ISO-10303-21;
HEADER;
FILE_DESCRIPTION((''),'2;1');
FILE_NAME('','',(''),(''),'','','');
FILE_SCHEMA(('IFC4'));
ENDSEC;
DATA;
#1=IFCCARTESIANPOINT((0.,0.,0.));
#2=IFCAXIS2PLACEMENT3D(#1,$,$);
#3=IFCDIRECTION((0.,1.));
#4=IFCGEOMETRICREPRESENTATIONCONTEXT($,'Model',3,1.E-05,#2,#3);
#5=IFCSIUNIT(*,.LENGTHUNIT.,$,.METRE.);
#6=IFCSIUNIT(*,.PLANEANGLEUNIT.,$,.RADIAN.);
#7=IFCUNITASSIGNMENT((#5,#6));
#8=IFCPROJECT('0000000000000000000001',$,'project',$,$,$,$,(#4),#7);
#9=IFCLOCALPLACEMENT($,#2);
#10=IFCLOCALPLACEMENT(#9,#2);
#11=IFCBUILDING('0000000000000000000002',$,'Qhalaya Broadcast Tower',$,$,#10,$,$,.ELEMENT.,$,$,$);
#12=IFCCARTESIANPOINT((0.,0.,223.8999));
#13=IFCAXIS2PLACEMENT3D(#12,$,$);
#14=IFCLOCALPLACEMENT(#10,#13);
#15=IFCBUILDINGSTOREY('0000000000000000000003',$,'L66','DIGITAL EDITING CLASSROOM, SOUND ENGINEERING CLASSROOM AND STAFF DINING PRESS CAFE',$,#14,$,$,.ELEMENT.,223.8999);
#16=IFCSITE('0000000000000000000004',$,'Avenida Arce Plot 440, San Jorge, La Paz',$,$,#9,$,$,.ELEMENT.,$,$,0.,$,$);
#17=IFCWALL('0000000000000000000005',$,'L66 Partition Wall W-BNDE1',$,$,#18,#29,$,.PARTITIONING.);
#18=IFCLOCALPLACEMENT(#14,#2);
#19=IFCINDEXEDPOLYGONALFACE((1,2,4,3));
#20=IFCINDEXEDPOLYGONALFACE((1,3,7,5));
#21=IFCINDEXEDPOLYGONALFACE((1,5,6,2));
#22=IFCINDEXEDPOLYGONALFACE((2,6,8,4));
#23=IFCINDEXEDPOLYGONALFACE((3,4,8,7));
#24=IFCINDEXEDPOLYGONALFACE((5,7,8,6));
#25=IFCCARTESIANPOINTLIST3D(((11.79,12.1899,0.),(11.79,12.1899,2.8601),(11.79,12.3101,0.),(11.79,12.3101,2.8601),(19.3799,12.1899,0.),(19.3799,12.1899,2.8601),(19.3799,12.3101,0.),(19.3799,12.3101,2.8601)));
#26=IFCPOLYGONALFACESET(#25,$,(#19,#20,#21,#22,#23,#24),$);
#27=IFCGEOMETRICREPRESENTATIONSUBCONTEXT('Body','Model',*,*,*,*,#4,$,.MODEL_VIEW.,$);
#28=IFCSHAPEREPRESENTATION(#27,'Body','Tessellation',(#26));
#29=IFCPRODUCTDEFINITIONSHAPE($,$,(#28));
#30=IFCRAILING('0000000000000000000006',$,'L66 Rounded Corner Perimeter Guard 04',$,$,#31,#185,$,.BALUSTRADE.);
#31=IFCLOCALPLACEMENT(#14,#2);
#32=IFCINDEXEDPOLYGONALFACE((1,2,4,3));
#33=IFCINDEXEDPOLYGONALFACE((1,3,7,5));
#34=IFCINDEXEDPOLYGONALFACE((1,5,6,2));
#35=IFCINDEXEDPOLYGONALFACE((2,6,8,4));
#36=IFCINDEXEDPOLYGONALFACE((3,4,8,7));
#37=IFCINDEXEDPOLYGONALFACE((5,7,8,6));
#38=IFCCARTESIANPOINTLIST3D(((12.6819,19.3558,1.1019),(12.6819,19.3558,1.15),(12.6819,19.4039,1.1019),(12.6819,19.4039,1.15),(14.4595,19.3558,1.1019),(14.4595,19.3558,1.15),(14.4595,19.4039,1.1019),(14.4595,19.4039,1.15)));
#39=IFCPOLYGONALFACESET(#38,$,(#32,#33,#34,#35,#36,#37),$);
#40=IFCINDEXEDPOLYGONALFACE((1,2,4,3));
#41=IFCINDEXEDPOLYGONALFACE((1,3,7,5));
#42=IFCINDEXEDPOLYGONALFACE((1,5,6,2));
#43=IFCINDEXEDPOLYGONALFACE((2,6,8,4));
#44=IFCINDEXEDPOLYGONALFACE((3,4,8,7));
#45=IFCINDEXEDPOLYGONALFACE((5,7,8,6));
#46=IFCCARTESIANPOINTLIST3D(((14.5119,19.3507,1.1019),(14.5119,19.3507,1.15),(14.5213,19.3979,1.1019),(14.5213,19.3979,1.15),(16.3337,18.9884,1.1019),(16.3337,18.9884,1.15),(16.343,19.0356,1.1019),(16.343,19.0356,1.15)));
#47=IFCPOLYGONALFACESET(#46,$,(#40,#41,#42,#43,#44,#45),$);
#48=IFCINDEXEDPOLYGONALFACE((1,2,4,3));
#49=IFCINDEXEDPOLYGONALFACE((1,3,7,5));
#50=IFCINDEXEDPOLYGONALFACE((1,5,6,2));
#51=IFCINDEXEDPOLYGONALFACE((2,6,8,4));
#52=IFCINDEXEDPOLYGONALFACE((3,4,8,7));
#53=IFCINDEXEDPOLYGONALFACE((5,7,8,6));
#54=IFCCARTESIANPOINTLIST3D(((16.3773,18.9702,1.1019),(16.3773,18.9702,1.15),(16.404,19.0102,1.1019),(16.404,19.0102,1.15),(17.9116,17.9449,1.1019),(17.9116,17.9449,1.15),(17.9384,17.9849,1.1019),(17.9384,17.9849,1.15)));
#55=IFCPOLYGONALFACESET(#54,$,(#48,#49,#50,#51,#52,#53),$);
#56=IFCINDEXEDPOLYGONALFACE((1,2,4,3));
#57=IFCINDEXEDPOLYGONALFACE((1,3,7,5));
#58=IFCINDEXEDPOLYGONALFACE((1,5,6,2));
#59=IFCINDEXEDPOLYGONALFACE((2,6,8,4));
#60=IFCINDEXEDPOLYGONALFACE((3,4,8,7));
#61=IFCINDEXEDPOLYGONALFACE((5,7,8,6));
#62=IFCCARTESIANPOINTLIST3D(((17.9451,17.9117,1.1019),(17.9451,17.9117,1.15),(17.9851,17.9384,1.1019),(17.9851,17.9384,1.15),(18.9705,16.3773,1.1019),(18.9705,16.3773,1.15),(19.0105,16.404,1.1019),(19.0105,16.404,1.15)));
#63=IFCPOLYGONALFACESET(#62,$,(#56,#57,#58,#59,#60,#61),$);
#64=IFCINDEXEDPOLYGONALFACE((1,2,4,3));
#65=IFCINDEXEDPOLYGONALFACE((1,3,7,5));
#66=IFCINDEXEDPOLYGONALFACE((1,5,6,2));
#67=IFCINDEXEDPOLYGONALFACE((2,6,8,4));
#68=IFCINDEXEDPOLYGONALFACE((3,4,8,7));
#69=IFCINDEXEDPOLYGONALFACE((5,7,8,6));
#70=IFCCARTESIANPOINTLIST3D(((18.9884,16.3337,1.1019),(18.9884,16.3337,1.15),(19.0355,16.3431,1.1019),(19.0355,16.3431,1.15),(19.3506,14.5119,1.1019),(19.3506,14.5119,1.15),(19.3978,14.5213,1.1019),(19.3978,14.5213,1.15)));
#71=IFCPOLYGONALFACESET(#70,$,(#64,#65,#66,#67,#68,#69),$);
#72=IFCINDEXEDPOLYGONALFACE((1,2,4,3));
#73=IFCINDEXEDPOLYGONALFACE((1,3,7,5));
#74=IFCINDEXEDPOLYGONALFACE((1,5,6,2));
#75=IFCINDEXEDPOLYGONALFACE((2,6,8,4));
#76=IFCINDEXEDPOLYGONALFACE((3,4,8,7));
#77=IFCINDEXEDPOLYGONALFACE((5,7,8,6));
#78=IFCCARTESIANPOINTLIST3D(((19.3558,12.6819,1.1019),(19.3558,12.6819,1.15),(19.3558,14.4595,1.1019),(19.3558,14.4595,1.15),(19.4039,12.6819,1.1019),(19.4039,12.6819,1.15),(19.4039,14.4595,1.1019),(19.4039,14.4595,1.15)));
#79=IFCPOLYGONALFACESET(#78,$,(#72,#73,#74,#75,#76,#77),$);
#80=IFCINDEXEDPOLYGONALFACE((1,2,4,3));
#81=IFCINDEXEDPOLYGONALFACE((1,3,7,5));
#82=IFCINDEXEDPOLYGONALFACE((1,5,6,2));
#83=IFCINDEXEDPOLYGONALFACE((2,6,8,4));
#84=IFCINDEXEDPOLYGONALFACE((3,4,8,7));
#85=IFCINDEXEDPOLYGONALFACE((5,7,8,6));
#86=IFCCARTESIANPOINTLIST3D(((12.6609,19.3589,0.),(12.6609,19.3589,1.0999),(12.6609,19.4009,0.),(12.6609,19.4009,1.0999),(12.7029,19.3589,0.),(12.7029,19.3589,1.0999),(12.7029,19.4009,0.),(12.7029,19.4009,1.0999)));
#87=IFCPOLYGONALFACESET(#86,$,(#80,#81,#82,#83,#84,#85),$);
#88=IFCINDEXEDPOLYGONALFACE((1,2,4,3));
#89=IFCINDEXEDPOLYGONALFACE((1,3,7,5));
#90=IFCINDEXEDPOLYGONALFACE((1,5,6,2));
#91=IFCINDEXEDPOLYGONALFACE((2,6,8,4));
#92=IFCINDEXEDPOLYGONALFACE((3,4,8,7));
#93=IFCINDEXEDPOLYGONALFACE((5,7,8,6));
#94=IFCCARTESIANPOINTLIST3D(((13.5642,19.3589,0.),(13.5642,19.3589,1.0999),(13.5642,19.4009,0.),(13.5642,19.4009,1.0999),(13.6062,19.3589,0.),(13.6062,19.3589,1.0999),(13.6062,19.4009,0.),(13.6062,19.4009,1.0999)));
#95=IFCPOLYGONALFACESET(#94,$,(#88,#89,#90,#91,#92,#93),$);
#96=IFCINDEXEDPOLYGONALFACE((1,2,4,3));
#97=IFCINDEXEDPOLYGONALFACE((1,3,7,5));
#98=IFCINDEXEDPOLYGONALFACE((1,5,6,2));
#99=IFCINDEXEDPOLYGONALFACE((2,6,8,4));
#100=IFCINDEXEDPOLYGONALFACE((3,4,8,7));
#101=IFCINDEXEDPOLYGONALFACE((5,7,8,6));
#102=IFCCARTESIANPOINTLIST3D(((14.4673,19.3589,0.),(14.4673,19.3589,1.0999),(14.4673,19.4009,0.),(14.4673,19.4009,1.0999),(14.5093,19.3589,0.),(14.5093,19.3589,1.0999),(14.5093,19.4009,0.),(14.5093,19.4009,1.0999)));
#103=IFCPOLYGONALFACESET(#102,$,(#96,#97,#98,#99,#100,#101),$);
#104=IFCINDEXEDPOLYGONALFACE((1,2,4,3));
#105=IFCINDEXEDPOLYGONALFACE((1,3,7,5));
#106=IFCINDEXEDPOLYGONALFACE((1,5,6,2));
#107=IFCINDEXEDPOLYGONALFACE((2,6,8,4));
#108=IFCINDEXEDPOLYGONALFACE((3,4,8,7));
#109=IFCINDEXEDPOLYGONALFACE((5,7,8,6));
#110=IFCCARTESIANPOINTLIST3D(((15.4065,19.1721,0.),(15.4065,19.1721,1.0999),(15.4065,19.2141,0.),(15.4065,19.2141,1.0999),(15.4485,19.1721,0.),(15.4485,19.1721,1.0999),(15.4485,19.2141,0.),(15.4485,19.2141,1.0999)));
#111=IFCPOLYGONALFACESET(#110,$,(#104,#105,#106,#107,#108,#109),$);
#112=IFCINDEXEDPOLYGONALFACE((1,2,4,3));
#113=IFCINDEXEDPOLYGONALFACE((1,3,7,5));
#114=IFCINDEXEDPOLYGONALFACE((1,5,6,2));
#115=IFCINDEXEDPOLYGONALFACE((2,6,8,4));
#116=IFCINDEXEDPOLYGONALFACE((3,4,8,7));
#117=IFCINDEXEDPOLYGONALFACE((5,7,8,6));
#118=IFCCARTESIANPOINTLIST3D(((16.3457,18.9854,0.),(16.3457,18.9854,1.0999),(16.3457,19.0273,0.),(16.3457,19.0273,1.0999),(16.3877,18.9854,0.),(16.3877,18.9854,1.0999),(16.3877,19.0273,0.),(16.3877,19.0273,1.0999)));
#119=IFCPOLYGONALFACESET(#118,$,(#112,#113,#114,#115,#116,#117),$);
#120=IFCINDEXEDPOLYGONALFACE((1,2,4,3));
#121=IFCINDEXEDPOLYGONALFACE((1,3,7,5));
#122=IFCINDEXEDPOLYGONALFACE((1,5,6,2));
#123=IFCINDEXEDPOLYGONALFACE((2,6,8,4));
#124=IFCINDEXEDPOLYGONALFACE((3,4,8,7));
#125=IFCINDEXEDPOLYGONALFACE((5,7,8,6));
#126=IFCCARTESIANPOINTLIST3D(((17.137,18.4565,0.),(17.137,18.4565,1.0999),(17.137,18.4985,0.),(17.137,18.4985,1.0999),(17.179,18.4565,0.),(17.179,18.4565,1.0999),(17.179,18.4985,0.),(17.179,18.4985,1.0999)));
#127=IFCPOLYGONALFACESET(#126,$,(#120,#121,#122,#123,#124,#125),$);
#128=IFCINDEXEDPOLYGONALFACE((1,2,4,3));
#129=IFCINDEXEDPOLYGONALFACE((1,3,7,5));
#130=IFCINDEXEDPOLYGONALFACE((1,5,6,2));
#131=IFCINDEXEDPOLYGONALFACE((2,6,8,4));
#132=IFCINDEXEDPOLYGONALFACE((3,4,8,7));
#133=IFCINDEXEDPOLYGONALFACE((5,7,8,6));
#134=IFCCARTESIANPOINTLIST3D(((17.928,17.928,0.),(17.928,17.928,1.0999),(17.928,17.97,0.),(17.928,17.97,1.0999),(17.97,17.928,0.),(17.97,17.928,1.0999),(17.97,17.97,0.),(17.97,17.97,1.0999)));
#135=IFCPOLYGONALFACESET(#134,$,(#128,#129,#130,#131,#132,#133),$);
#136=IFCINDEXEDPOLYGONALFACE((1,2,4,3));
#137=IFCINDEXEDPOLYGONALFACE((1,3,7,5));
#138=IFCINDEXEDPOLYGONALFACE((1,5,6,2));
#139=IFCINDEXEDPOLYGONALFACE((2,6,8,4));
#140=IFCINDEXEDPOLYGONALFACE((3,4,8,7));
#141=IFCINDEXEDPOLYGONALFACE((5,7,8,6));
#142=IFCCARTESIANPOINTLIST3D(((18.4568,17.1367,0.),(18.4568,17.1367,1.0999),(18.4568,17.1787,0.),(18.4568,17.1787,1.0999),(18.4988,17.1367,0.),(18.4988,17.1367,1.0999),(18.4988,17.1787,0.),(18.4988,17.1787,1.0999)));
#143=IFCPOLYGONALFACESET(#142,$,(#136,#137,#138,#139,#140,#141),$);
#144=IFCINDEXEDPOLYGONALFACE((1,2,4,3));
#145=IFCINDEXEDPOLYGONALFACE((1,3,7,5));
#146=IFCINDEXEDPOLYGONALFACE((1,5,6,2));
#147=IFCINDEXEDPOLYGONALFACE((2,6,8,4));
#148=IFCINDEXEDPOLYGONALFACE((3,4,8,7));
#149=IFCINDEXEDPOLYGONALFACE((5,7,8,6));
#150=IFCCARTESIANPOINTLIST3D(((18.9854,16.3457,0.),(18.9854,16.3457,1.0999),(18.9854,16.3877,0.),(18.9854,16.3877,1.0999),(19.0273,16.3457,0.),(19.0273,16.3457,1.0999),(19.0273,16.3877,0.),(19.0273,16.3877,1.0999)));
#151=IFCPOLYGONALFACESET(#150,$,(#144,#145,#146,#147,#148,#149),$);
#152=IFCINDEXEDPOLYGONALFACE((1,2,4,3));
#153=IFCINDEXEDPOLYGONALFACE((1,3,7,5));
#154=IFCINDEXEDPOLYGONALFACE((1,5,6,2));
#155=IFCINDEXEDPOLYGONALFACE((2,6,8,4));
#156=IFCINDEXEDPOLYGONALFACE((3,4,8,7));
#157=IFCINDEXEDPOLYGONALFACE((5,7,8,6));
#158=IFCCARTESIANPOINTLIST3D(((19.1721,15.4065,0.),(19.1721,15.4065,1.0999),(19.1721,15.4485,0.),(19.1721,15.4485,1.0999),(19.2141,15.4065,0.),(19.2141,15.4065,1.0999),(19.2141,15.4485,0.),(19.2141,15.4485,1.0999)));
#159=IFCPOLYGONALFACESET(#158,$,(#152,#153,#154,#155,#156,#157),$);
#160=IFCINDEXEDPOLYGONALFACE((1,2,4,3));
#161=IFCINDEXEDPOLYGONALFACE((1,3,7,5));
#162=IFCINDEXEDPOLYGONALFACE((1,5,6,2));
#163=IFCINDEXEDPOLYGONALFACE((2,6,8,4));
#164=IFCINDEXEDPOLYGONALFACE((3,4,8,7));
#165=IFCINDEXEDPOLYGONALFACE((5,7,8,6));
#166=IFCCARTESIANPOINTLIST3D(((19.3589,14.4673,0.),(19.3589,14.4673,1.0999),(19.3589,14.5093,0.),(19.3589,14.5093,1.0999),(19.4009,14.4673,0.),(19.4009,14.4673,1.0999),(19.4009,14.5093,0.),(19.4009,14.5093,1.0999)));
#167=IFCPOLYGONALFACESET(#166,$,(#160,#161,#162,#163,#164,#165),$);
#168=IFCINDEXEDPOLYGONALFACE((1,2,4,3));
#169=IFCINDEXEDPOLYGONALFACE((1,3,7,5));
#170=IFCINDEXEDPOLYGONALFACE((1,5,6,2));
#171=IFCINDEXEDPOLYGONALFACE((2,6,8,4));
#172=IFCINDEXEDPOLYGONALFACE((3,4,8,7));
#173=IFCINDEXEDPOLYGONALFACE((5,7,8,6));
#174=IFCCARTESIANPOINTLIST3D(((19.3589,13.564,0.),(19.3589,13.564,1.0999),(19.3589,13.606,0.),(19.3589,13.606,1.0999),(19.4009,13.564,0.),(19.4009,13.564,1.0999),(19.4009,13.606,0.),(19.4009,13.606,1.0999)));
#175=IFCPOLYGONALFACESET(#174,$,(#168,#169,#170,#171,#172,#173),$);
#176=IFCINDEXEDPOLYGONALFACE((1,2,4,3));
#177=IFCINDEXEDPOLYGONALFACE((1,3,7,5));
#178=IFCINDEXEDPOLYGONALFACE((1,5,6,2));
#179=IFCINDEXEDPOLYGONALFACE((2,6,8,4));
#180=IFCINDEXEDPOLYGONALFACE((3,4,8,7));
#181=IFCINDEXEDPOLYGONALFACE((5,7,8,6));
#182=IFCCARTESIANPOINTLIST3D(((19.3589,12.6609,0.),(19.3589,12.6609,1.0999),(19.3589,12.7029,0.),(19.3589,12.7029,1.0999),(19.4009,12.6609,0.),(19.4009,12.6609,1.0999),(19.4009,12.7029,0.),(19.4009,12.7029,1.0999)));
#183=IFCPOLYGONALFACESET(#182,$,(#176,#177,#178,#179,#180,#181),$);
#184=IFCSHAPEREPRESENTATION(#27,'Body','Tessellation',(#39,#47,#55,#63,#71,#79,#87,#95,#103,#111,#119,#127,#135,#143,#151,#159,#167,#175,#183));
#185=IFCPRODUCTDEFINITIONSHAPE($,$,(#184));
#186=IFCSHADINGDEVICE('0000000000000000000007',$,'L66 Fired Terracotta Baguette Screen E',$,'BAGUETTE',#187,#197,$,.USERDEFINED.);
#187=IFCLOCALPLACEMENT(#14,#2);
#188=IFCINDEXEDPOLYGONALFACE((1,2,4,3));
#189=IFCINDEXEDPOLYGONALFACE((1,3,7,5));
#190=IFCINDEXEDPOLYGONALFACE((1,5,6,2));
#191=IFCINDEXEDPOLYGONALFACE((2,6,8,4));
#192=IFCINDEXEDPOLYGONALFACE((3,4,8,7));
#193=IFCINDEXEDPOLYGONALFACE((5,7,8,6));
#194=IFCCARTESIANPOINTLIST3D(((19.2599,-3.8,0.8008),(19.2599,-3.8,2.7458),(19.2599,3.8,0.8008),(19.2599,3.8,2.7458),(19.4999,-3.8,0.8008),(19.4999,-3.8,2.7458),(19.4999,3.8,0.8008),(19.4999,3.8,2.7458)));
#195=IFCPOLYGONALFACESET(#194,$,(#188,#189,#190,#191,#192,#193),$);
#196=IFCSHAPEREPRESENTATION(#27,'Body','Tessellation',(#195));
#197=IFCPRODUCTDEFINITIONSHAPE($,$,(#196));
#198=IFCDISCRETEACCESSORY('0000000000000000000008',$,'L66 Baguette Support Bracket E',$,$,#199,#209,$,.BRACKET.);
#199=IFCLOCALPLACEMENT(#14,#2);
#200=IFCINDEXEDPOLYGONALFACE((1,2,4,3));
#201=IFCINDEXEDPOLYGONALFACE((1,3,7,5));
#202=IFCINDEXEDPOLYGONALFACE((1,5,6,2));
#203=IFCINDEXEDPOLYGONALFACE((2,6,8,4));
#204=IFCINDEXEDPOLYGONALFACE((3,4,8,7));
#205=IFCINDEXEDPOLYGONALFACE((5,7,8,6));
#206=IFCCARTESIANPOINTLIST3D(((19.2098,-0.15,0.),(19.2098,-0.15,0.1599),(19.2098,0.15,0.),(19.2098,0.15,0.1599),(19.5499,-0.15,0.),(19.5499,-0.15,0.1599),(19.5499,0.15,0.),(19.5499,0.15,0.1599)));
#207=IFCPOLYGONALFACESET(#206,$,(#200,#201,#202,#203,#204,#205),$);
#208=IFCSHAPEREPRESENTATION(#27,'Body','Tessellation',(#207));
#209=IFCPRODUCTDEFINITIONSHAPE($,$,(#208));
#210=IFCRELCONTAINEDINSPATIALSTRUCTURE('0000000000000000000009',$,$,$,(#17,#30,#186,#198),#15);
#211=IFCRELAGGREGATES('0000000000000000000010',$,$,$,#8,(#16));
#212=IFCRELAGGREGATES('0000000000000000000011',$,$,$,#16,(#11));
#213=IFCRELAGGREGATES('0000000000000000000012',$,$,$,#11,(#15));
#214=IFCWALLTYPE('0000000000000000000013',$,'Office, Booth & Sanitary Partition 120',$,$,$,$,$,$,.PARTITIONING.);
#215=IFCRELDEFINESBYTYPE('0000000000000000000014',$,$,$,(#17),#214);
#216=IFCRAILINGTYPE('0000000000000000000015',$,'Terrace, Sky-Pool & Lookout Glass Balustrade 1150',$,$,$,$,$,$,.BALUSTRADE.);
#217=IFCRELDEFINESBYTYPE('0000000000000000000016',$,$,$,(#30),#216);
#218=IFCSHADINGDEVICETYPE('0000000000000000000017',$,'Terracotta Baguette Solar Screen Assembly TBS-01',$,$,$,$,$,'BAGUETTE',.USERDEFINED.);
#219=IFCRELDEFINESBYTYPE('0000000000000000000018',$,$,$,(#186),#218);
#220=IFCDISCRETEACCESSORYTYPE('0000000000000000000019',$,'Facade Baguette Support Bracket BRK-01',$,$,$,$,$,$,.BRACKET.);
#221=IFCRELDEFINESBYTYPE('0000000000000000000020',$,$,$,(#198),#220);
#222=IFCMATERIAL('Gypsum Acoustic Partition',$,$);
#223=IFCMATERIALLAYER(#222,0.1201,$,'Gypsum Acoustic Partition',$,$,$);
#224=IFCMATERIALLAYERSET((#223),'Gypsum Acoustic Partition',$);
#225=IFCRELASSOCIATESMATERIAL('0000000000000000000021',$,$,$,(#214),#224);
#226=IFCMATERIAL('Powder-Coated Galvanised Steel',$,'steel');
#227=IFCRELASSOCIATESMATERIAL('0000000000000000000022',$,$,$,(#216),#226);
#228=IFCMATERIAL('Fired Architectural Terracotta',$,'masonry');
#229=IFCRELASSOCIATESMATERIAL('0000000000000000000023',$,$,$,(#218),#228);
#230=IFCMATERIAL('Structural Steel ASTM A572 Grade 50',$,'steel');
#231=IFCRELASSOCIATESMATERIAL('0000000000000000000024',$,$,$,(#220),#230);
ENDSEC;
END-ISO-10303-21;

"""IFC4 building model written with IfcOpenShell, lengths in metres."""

from ifc_helpers import new_model, si_unit, direction, frame, frame_2d, origin, origin_2d, place, context, subcontext, project, spatial, rectangle, extrude, material, layer, layer_set, type_object, element, save


model = new_model("IFC4")

# Units and contexts
model_context = context("Model", 3, precision=1e-05, world=origin(), true_north=direction((0.0, 1.0)))
body_context = subcontext(model_context, "Body", "Model", "MODEL_VIEW")
ifc_project = project(units=[si_unit("LENGTHUNIT", "METRE"), si_unit("PLANEANGLEUNIT", "RADIAN")], contexts=[model_context])

# Site, building, storey
site_placement = place(None, origin())
site = spatial("IfcSite", under=ifc_project, at=site_placement, Name="Avenida Arce Plot 440, San Jorge, La Paz", CompositionType="ELEMENT", RefElevation=0.0)
building_placement = place(site_placement, origin())
building = spatial("IfcBuilding", under=site, at=building_placement, Name="Qhalaya Broadcast Tower", CompositionType="ELEMENT")
storey_placement = place(building_placement, frame((0.0, 0.0, 223.8999)))
storey = spatial("IfcBuildingStorey", under=building, at=storey_placement, Name="L66", Description="DIGITAL EDITING CLASSROOM, SOUND ENGINEERING CLASSROOM AND STAFF DINING PRESS CAFE", CompositionType="ELEMENT", Elevation=223.8999)

# Shared definitions
ifc_material_1 = material(Name="Structural Steel ASTM A572 Grade 50", Category="steel")

# Shared definitions
ifc_material_2 = material(Name="Gypsum Acoustic Partition")

# Shared definitions
ifc_layer_1 = layer(ifc_material_2, 0.1201, Name="Gypsum Acoustic Partition")
ifc_layer_set_1 = layer_set([ifc_layer_1], Name="Gypsum Acoustic Partition")
wall_type_1 = type_object("IfcWallType", Name="Office, Booth & Sanitary Partition 120", PredefinedType="PARTITIONING", material=ifc_layer_set_1)

# Wall
wall_1_placement = place(storey_placement, frame((11.79, 12.25, 0.0), z_axis=(0.0, 0.0, 1.0), x_axis=(1.0, 0.0, 0.0)))
element("IfcWall", 1, at=wall_1_placement, inside=storey, type_object=wall_type_1, Name="L66 Partition Wall W-BNDE1", PredefinedType="PARTITIONING", context=body_context, shape_type="SweptSolid", body=[
    extrude(rectangle(XDim=7.5898, YDim=0.1201, at=frame_2d((3.7949, 0.0))), origin(), (0.0, 0.0, 1.0), 2.8601),
])

# Railing
ifc_material_3 = material(Name="Powder-Coated Galvanised Steel", Category="steel")
railing_type = type_object("IfcRailingType", Name="Terrace, Sky-Pool & Lookout Glass Balustrade 1150", PredefinedType="BALUSTRADE", material=ifc_material_3)
railing_placement = place(storey_placement, frame((12.6819, 19.3799, 0.0)))
element("IfcRailing", 2, at=railing_placement, inside=storey, type_object=railing_type, Name="L66 Rounded Corner Perimeter Guard 04", PredefinedType="BALUSTRADE", context=body_context, shape_type="SweptSolid", body=[
    extrude(rectangle(XDim=0.0481, YDim=0.0481, at=origin_2d()), frame((0.0, 0.0, 1.126), z_axis=(1.0, 0.0, 0.0), x_axis=(0.0, 1.0, 0.0)), (0.0, 0.0, 1.0), 1.7776),
    extrude(rectangle(XDim=0.0481, YDim=0.0481, at=origin_2d()), frame((1.8347, -0.0056, 1.126), z_axis=(0.980796, -0.195037, 0.0), x_axis=(0.195037, 0.980796, 0.0)), (0.0, 0.0, 1.0), 1.8574),
    extrude(rectangle(XDim=0.0481, YDim=0.0481, at=origin_2d()), frame((3.7087, -0.3896, 1.126), z_axis=(0.831438, -0.555618, 0.0), x_axis=(0.555618, 0.831438, 0.0)), (0.0, 0.0, 1.0), 1.8455),
    extrude(rectangle(XDim=0.0481, YDim=0.0481, at=origin_2d()), frame((5.2832, -1.4548, 1.126), z_axis=(0.555618, -0.831438, 0.0), x_axis=(0.831438, 0.555618, 0.0)), (0.0, 0.0, 1.0), 1.8455),
    extrude(rectangle(XDim=0.0481, YDim=0.0481, at=origin_2d()), frame((6.3301, -3.0415, 1.126), z_axis=(0.195037, -0.980796, 0.0), x_axis=(0.980796, 0.195037, 0.0)), (0.0, 0.0, 1.0), 1.8574),
    extrude(rectangle(XDim=0.0481, YDim=0.0481, at=origin_2d()), frame((6.698, -4.9204, 1.126), z_axis=(0.0, -1.0, 0.0), x_axis=(1.0, 0.0, 0.0)), (0.0, 0.0, 1.0), 1.7776),
    extrude(rectangle(XDim=0.042, YDim=0.042, at=origin_2d()), origin(), (0.0, 0.0, 1.0), 1.0999),
    extrude(rectangle(XDim=0.042, YDim=0.042, at=origin_2d()), frame((0.9033, 0.0, 0.0)), (0.0, 0.0, 1.0), 1.0999),
    extrude(rectangle(XDim=0.042, YDim=0.042, at=origin_2d()), frame((1.8064, 0.0, 0.0)), (0.0, 0.0, 1.0), 1.0999),
    extrude(rectangle(XDim=0.042, YDim=0.042, at=origin_2d()), frame((2.7456, -0.1868, 0.0)), (0.0, 0.0, 1.0), 1.0999),
    extrude(rectangle(XDim=0.042, YDim=0.042, at=origin_2d()), frame((3.6848, -0.3735, 0.0)), (0.0, 0.0, 1.0), 1.0999),
    extrude(rectangle(XDim=0.042, YDim=0.042, at=origin_2d()), frame((4.4761, -0.9023, 0.0)), (0.0, 0.0, 1.0), 1.0999),
    extrude(rectangle(XDim=0.042, YDim=0.042, at=origin_2d()), frame((5.2671, -1.4309, 0.0)), (0.0, 0.0, 1.0), 1.0999),
    extrude(rectangle(XDim=0.042, YDim=0.042, at=origin_2d()), frame((5.7959, -2.2222, 0.0)), (0.0, 0.0, 1.0), 1.0999),
    extrude(rectangle(XDim=0.042, YDim=0.042, at=origin_2d()), frame((6.3245, -3.0132, 0.0)), (0.0, 0.0, 1.0), 1.0999),
    extrude(rectangle(XDim=0.042, YDim=0.042, at=origin_2d()), frame((6.5112, -3.9524, 0.0)), (0.0, 0.0, 1.0), 1.0999),
    extrude(rectangle(XDim=0.042, YDim=0.042, at=origin_2d()), frame((6.698, -4.8916, 0.0)), (0.0, 0.0, 1.0), 1.0999),
    extrude(rectangle(XDim=0.042, YDim=0.042, at=origin_2d()), frame((6.698, -5.7949, 0.0)), (0.0, 0.0, 1.0), 1.0999),
    extrude(rectangle(XDim=0.042, YDim=0.042, at=origin_2d()), frame((6.698, -6.698, 0.0)), (0.0, 0.0, 1.0), 1.0999),
])

# Shading device
ifc_material_4 = material(Name="Fired Architectural Terracotta", Category="masonry")
shading_device_type = type_object("IfcShadingDeviceType", Name="Terracotta Baguette Solar Screen Assembly TBS-01", ElementType="BAGUETTE", PredefinedType="USERDEFINED", material=ifc_material_4)
shading_device_placement = place(storey_placement, frame((19.3799, 0.0, 0.8008), z_axis=(0.0, 0.0, 1.0), x_axis=(0.0, 1.0, 0.0)))
element("IfcShadingDevice", 3, at=shading_device_placement, inside=storey, type_object=shading_device_type, Name="L66 Fired Terracotta Baguette Screen E", ObjectType="BAGUETTE", PredefinedType="USERDEFINED", context=body_context, shape_type="SweptSolid", body=[
    extrude(rectangle(XDim=7.6001, YDim=0.24, at=origin_2d()), origin(), (0.0, 0.0, 1.0), 1.9451),
])

# Discrete accessory
discrete_accessory_type = type_object("IfcDiscreteAccessoryType", Name="Facade Baguette Support Bracket BRK-01", PredefinedType="BRACKET", material=ifc_material_1)
discrete_accessory_placement = place(storey_placement, frame((19.3799, 0.0, 0.0), z_axis=(0.0, 0.0, 1.0), x_axis=(0.0, 1.0, 0.0)))
element("IfcDiscreteAccessory", 4, at=discrete_accessory_placement, inside=storey, type_object=discrete_accessory_type, Name="L66 Baguette Support Bracket E", PredefinedType="BRACKET", context=body_context, shape_type="SweptSolid", body=[
    extrude(rectangle(XDim=0.3, YDim=0.3401, at=origin_2d()), origin(), (0.0, 0.0, 1.0), 0.1599),
])

save(model, "model.ifc")
